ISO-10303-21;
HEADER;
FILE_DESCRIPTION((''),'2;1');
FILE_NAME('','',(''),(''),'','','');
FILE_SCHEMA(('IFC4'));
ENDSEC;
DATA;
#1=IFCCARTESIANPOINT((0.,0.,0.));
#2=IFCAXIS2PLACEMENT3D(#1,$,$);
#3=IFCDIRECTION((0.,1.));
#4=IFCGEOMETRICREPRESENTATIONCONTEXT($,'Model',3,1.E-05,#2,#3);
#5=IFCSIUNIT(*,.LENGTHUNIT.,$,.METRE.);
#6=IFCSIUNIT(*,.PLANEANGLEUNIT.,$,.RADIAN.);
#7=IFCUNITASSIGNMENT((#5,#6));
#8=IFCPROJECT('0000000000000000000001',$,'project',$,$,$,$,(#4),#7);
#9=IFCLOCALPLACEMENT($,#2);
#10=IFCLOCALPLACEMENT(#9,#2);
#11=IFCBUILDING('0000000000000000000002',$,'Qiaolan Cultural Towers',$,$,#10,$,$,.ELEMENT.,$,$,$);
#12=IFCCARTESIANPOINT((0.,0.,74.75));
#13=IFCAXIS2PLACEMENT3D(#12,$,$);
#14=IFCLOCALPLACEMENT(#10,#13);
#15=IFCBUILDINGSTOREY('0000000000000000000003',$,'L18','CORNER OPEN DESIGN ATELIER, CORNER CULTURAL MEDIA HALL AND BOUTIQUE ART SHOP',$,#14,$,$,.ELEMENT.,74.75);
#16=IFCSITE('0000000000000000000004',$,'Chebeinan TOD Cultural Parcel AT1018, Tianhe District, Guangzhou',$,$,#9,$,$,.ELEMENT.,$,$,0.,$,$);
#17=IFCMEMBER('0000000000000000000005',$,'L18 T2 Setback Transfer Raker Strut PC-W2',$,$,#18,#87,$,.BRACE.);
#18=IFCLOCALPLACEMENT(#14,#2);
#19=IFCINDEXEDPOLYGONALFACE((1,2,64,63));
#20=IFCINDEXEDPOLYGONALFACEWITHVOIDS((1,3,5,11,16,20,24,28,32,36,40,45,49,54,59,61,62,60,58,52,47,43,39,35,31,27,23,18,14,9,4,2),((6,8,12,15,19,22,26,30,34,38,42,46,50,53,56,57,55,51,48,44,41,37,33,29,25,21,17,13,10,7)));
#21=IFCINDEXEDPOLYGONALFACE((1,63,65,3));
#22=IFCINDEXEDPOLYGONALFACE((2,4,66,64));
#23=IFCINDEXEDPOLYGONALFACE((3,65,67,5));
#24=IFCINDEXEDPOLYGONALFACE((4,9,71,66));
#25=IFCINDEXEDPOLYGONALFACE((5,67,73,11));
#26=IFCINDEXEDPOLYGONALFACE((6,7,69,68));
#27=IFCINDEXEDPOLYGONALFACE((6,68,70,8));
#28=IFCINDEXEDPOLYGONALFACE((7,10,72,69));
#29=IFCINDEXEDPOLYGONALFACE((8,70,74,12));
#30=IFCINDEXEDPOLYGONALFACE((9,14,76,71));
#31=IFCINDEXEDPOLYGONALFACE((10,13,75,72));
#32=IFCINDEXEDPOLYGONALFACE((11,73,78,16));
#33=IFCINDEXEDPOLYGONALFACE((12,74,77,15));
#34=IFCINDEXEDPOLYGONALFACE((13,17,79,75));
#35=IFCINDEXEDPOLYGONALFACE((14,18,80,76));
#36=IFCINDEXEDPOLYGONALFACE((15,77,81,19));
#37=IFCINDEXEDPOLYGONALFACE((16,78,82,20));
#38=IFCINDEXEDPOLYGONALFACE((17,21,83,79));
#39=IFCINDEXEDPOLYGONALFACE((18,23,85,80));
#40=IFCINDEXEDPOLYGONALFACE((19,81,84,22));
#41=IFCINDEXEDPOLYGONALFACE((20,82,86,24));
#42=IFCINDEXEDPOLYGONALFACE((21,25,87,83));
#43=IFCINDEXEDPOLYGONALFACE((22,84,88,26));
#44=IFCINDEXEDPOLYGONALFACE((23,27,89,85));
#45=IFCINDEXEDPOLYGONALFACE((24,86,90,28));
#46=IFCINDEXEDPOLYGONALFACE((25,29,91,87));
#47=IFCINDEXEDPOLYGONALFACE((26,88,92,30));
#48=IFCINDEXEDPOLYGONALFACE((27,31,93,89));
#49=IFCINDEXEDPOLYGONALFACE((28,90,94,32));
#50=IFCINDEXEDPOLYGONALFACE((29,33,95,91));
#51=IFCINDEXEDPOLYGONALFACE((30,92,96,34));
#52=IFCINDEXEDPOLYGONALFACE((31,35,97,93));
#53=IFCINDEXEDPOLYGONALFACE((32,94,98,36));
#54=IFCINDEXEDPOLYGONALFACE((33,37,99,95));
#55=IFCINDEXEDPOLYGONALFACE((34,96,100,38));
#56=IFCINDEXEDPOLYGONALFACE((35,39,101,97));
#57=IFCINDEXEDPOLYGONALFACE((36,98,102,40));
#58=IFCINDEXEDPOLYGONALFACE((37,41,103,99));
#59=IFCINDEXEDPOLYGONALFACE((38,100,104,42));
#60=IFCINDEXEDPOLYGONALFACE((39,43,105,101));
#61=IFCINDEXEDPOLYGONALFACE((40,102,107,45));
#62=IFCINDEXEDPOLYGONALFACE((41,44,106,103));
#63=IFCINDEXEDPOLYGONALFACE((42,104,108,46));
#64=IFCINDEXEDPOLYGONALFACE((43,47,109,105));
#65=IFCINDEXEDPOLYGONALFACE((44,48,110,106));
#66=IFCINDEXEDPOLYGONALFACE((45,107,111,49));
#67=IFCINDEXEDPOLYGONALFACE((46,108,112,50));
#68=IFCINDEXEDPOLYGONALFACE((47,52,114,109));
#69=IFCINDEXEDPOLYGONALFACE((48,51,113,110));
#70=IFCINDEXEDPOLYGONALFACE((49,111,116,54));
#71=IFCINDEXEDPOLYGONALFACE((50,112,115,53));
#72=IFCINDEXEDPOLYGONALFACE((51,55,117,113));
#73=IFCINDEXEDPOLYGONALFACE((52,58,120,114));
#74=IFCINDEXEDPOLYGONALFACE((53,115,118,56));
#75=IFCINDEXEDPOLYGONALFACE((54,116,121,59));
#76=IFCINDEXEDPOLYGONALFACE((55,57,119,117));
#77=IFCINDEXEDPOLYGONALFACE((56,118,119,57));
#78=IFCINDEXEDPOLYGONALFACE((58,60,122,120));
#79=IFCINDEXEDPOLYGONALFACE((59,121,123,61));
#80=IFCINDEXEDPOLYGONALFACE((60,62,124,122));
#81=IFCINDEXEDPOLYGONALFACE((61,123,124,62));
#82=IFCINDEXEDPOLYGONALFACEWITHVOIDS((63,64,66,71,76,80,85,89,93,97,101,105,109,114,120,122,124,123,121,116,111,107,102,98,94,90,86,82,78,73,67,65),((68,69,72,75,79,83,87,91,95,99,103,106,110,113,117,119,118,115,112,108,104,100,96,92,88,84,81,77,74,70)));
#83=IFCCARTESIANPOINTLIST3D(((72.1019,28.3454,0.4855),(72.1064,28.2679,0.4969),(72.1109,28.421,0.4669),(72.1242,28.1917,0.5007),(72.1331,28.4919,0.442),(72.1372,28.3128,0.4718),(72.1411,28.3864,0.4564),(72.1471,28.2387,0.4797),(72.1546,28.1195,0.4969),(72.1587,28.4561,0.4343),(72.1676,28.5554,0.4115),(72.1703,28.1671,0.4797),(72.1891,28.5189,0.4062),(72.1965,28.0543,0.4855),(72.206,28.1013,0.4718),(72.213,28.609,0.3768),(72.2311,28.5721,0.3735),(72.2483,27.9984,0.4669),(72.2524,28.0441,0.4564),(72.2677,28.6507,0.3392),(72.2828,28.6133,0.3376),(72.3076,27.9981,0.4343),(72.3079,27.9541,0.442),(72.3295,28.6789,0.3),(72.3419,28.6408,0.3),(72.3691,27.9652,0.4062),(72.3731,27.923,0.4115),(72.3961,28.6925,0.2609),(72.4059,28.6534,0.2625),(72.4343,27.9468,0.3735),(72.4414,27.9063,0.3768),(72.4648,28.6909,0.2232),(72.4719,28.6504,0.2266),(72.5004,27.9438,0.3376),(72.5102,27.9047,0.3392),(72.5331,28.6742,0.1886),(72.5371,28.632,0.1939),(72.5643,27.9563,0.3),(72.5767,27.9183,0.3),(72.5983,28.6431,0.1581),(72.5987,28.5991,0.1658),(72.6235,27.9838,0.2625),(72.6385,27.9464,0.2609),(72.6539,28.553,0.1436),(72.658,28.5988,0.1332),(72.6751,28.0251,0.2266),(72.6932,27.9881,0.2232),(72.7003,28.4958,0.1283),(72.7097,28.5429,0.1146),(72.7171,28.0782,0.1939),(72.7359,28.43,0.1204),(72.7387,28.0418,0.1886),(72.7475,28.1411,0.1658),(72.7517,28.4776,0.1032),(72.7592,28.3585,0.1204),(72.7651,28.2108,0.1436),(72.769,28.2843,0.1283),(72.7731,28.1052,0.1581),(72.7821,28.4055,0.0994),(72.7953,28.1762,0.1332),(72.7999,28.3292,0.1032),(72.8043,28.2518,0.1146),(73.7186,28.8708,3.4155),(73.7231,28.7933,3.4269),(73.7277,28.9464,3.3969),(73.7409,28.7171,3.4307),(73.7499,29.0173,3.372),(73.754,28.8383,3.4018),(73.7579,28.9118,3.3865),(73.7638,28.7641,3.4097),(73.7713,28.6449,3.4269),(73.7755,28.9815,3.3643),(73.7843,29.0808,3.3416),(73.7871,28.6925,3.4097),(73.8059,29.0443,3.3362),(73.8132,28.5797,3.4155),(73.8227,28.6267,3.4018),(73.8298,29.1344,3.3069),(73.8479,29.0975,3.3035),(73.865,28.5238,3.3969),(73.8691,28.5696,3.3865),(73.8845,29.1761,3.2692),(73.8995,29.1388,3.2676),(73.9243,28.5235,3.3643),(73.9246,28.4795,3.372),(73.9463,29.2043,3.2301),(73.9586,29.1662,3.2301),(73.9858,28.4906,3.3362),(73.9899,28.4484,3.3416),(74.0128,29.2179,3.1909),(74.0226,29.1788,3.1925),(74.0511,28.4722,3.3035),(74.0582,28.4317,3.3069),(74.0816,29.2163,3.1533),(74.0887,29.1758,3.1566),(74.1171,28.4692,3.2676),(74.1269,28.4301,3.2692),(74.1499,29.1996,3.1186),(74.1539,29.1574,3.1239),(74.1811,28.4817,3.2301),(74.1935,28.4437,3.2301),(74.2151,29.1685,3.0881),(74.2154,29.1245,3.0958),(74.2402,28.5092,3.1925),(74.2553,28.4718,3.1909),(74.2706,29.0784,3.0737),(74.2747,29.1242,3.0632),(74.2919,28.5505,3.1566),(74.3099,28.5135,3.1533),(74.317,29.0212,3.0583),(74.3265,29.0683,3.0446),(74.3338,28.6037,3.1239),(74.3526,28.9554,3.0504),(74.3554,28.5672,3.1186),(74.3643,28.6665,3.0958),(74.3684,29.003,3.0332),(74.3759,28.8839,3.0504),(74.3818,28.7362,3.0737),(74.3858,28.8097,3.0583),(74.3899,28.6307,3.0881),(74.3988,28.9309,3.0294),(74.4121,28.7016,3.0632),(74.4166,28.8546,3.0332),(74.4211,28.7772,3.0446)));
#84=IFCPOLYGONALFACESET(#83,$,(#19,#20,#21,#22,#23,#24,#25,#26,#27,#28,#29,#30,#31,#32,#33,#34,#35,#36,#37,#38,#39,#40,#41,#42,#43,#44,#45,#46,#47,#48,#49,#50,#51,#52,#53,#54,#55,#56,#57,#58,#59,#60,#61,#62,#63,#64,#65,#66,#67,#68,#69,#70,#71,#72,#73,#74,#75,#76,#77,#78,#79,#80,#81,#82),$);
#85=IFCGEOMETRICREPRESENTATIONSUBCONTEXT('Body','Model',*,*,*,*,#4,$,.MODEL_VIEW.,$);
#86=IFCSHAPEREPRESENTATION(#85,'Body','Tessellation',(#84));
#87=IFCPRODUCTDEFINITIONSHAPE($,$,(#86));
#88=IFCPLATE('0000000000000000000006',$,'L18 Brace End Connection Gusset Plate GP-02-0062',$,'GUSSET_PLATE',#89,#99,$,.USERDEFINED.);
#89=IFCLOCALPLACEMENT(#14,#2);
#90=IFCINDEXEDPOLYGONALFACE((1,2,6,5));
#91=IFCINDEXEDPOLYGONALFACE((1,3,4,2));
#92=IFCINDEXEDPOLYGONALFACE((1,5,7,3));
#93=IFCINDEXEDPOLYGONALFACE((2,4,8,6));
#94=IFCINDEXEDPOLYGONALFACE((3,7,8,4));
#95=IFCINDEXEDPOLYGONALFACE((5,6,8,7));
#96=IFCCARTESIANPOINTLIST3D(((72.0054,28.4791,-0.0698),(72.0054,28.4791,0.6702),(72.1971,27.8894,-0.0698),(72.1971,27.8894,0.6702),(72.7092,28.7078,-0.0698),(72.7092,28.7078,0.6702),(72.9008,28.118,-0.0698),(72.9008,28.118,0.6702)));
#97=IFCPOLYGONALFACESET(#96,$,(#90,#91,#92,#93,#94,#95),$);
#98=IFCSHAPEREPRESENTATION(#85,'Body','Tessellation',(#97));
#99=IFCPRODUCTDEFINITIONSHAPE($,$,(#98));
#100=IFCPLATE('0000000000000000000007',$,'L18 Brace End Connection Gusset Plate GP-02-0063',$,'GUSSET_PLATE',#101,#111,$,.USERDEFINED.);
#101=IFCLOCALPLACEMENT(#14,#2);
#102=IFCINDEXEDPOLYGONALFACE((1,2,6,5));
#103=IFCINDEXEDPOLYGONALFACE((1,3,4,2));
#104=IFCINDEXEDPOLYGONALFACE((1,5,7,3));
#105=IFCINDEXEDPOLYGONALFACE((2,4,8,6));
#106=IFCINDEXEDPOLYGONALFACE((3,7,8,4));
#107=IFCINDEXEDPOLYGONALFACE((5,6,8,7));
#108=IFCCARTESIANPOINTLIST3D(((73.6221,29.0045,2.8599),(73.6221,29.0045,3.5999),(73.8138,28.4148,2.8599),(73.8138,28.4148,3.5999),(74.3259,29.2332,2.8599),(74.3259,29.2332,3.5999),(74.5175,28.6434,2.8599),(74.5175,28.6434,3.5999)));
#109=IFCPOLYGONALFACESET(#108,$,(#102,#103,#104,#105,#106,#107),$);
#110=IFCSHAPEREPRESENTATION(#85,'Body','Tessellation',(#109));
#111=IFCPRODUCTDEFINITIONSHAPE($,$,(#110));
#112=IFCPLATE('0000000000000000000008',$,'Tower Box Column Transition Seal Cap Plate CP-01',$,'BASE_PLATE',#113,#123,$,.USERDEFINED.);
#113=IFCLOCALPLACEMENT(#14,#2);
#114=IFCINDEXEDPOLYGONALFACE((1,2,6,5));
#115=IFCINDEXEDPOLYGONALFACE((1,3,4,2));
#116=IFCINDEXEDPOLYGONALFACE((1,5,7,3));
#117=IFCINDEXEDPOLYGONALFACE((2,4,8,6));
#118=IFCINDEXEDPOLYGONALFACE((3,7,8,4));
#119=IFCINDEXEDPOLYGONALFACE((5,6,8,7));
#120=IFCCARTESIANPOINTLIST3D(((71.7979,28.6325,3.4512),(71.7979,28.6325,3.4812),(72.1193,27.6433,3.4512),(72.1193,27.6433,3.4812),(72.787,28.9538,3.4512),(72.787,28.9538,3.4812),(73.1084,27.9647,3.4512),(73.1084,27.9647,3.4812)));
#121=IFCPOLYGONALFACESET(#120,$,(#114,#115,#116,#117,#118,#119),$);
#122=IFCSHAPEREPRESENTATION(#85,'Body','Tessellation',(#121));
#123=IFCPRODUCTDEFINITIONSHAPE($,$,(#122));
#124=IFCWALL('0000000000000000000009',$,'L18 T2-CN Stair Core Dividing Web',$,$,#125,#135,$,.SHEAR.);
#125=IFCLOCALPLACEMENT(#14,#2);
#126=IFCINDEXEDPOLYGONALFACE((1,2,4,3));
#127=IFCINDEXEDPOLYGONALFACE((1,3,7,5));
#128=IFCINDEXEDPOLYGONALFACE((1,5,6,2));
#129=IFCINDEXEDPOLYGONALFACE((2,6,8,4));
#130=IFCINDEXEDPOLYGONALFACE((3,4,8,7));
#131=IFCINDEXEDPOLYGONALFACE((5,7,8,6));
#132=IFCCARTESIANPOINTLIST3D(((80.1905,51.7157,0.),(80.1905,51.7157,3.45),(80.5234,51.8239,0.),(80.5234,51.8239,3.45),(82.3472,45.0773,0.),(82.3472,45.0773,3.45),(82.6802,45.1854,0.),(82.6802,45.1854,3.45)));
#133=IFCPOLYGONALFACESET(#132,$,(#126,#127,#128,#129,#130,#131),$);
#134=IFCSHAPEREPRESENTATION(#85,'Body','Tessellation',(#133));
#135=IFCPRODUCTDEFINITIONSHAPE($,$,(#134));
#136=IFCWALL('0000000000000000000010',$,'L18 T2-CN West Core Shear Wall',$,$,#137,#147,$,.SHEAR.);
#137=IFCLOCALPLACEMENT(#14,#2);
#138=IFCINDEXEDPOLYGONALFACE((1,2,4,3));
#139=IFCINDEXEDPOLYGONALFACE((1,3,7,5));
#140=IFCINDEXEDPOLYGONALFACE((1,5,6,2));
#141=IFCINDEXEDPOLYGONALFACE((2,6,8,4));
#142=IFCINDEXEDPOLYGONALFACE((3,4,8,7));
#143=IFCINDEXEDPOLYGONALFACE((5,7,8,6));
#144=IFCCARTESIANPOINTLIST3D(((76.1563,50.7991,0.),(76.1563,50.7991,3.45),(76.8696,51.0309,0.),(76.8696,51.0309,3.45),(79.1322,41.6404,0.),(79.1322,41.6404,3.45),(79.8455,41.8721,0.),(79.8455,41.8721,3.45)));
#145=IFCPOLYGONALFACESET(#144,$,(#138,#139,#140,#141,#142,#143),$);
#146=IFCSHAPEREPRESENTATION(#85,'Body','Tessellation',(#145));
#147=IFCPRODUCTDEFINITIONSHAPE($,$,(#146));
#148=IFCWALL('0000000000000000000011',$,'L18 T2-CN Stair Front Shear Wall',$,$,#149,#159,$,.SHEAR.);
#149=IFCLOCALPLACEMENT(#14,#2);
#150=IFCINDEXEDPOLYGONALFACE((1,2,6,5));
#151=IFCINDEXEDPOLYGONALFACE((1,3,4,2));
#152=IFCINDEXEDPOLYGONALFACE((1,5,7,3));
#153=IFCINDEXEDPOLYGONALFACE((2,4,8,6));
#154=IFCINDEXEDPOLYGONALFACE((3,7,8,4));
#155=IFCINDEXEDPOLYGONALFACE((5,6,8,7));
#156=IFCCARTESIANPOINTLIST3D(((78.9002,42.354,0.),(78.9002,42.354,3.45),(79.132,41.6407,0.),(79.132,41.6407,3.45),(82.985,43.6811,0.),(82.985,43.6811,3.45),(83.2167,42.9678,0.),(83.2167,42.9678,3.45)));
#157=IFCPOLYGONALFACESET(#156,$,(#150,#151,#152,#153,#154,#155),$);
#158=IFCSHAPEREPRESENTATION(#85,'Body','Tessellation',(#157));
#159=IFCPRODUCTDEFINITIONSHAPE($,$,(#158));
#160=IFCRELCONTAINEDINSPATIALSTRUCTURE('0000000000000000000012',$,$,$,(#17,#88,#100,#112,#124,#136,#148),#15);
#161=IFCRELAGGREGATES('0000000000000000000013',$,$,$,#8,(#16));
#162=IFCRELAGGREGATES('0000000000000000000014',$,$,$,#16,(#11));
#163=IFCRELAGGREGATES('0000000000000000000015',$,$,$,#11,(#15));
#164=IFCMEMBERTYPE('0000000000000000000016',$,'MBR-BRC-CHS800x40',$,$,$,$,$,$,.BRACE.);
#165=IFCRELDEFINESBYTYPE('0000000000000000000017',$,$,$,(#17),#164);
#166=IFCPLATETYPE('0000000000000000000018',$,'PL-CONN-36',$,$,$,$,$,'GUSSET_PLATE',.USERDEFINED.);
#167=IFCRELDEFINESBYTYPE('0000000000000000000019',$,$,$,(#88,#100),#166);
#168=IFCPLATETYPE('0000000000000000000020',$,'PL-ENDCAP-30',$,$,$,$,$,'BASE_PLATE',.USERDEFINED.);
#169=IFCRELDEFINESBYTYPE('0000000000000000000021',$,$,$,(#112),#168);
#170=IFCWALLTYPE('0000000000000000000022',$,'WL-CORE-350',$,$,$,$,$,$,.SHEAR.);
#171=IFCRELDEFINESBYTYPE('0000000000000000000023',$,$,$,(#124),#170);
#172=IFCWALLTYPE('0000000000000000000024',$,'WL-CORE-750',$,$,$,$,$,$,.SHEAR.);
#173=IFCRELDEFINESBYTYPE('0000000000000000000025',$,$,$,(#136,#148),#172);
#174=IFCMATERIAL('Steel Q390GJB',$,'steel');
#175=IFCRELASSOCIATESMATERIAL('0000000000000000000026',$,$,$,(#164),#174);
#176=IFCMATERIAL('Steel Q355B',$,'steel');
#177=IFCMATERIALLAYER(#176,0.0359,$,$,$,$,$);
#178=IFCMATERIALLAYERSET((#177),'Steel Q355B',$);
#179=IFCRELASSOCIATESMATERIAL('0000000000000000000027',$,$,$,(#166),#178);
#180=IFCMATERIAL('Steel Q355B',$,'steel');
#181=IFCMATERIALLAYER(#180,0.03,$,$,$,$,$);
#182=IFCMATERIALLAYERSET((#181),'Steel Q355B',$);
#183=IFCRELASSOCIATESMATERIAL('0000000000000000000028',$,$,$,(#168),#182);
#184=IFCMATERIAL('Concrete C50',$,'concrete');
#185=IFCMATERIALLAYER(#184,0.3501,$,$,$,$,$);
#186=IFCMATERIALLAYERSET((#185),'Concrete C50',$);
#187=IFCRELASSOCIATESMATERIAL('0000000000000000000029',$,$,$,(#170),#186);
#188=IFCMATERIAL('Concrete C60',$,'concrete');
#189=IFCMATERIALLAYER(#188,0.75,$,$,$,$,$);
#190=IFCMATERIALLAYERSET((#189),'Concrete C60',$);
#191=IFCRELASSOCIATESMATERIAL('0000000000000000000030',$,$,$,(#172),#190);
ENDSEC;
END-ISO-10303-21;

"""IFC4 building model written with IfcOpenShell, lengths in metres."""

from ifc_helpers import new_model, si_unit, direction, frame, frame_2d, origin, origin_2d, place, context, subcontext, project, spatial, rectangle, hollow_circle, extrude, material, layer, layer_set, material_profile, profile_set, type_object, element, save


model = new_model("IFC4")

# Units and contexts
model_context = context("Model", 3, precision=1e-05, world=origin(), true_north=direction((0.0, 1.0)))
body_context = subcontext(model_context, "Body", "Model", "MODEL_VIEW")
ifc_project = project(units=[si_unit("LENGTHUNIT", "METRE"), si_unit("PLANEANGLEUNIT", "RADIAN")], contexts=[model_context])

# Site, building, storey
site_placement = place(None, origin())
site = spatial("IfcSite", under=ifc_project, at=site_placement, Name="Chebeinan TOD Cultural Parcel AT1018, Tianhe District, Guangzhou", CompositionType="ELEMENT", RefElevation=0.0)
building_placement = place(site_placement, origin())
building = spatial("IfcBuilding", under=site, at=building_placement, Name="Qiaolan Cultural Towers", CompositionType="ELEMENT")
storey_placement = place(building_placement, frame((0.0, 0.0, 74.75)))
storey = spatial("IfcBuildingStorey", under=building, at=storey_placement, Name="L18", Description="CORNER OPEN DESIGN ATELIER, CORNER CULTURAL MEDIA HALL AND BOUTIQUE ART SHOP", CompositionType="ELEMENT", Elevation=74.75)

# Member
ifc_material_1 = material(Name="Steel Q390GJB", Category="steel")
ifc_material_profile_1 = material_profile(ifc_material_1, hollow_circle(Radius=0.3999, WallThickness=0.04, at=origin_2d()), Name="CHS800x40")
ifc_profile_set_1 = profile_set([ifc_material_profile_1], Name="Steel Q390GJB")
member_type = type_object("IfcMemberType", Name="MBR-BRC-CHS800x40", PredefinedType="BRACE", material=ifc_profile_set_1)
member_placement = place(storey_placement, frame((72.4531, 28.2986, 0.3), z_axis=(0.477273, 0.155103, 0.864959), x_axis=(-0.309067, 0.95104, 0.0)))
element("IfcMember", 1, at=member_placement, inside=storey, type_object=member_type, Name="L18 T2 Setback Transfer Raker Strut PC-W2", PredefinedType="BRACE", context=body_context, shape_type="SweptSolid", body=[
    extrude(hollow_circle(Radius=0.3999, WallThickness=0.04, at=origin_2d()), origin(), (0.0, 0.0, 1.0), 3.3875),
])

# Plates
ifc_material_2 = material(Name="Steel Q355B", Category="steel")
ifc_layer_1 = layer(ifc_material_2, 0.0359)
ifc_layer_set_1 = layer_set([ifc_layer_1], Name="Steel Q355B")
plate_type_1 = type_object("IfcPlateType", Name="PL-CONN-36", ElementType="GUSSET_PLATE", PredefinedType="USERDEFINED", material=ifc_layer_set_1)
for number, where, z_axis, x_axis, name in (
    (2, (72.4531, 28.2986, -0.0698), (0.0, 0.0, 1.0), (0.951056, 0.309017, 0.0), "L18 Brace End Connection Gusset Plate GP-02-0062"),
    (3, (74.0698, 28.824, 2.8599), (0.0, 0.0, 1.0), (0.951056, 0.309017, 0.0), "L18 Brace End Connection Gusset Plate GP-02-0063"),
):
    element("IfcPlate", number, at=place(storey_placement, frame(where, z_axis=z_axis, x_axis=x_axis)), inside=storey, type_object=plate_type_1, Name=name, ObjectType="GUSSET_PLATE", PredefinedType="USERDEFINED", context=body_context, shape_type="SweptSolid", body=[
        extrude(rectangle(XDim=0.74, YDim=0.6201, at=origin_2d()), origin(), (0.0, 0.0, 1.0), 0.74),
    ])
ifc_material_3 = material(Name="Steel Q355B", Category="steel")
ifc_layer_2 = layer(ifc_material_3, 0.03)
ifc_layer_set_2 = layer_set([ifc_layer_2], Name="Steel Q355B")
plate_type_2 = type_object("IfcPlateType", Name="PL-ENDCAP-30", ElementType="BASE_PLATE", PredefinedType="USERDEFINED", material=ifc_layer_set_2)
plate_placement = place(storey_placement, frame((72.4531, 28.2986, 3.4512), z_axis=(0.0, 0.0, 1.0), x_axis=(0.951057, 0.309017, 0.0)))
element("IfcPlate", 4, at=plate_placement, inside=storey, type_object=plate_type_2, Name="Tower Box Column Transition Seal Cap Plate CP-01", ObjectType="BASE_PLATE", PredefinedType="USERDEFINED", context=body_context, shape_type="SweptSolid", body=[
    extrude(rectangle(XDim=1.04, YDim=1.04, at=origin_2d()), origin(), (0.0, 0.0, 1.0), 0.03),
])

# Walls
ifc_material_4 = material(Name="Concrete C50", Category="concrete")
ifc_layer_3 = layer(ifc_material_4, 0.3501)
ifc_layer_set_3 = layer_set([ifc_layer_3], Name="Concrete C50")
wall_type_1 = type_object("IfcWallType", Name="WL-CORE-350", PredefinedType="SHEAR", material=ifc_layer_set_3)
wall_1_placement = place(storey_placement, frame((82.5137, 45.1313, 0.0), z_axis=(0.0, 0.0, 1.0), x_axis=(-0.308989, 0.951066, 0.0)))
element("IfcWall", 5, at=wall_1_placement, inside=storey, type_object=wall_type_1, Name="L18 T2-CN Stair Core Dividing Web", PredefinedType="SHEAR", context=body_context, shape_type="SweptSolid", body=[
    extrude(rectangle(XDim=6.98, YDim=0.3501, at=frame_2d((3.49, 0.0))), origin(), (0.0, 0.0, 1.0), 3.45),
])
ifc_material_5 = material(Name="Concrete C60", Category="concrete")
ifc_layer_4 = layer(ifc_material_5, 0.75)
ifc_layer_set_4 = layer_set([ifc_layer_4], Name="Concrete C60")
wall_type_2 = type_object("IfcWallType", Name="WL-CORE-750", PredefinedType="SHEAR", material=ifc_layer_set_4)
wall_2_placement = place(storey_placement, frame((79.4888, 41.7563, 0.0), z_axis=(0.0, 0.0, 1.0), x_axis=(-0.309016, 0.951057, 0.0)))
element("IfcWall", 6, at=wall_2_placement, inside=storey, type_object=wall_type_2, Name="L18 T2-CN West Core Shear Wall", PredefinedType="SHEAR", context=body_context, shape_type="SweptSolid", body=[
    extrude(rectangle(XDim=9.6301, YDim=0.75, at=frame_2d((4.8149, 0.0))), origin(), (0.0, 0.0, 1.0), 3.45),
])
wall_3_placement = place(storey_placement, frame((79.0161, 41.9973, 0.0), z_axis=(0.0, 0.0, 1.0), x_axis=(0.95106, 0.309005, 0.0)))
element("IfcWall", 7, at=wall_3_placement, inside=storey, type_object=wall_type_2, Name="L18 T2-CN Stair Front Shear Wall", PredefinedType="SHEAR", context=body_context, shape_type="SweptSolid", body=[
    extrude(rectangle(XDim=4.2949, YDim=0.75, at=frame_2d((2.1475, 0.0))), origin(), (0.0, 0.0, 1.0), 3.45),
])

save(model, "model.ifc")
